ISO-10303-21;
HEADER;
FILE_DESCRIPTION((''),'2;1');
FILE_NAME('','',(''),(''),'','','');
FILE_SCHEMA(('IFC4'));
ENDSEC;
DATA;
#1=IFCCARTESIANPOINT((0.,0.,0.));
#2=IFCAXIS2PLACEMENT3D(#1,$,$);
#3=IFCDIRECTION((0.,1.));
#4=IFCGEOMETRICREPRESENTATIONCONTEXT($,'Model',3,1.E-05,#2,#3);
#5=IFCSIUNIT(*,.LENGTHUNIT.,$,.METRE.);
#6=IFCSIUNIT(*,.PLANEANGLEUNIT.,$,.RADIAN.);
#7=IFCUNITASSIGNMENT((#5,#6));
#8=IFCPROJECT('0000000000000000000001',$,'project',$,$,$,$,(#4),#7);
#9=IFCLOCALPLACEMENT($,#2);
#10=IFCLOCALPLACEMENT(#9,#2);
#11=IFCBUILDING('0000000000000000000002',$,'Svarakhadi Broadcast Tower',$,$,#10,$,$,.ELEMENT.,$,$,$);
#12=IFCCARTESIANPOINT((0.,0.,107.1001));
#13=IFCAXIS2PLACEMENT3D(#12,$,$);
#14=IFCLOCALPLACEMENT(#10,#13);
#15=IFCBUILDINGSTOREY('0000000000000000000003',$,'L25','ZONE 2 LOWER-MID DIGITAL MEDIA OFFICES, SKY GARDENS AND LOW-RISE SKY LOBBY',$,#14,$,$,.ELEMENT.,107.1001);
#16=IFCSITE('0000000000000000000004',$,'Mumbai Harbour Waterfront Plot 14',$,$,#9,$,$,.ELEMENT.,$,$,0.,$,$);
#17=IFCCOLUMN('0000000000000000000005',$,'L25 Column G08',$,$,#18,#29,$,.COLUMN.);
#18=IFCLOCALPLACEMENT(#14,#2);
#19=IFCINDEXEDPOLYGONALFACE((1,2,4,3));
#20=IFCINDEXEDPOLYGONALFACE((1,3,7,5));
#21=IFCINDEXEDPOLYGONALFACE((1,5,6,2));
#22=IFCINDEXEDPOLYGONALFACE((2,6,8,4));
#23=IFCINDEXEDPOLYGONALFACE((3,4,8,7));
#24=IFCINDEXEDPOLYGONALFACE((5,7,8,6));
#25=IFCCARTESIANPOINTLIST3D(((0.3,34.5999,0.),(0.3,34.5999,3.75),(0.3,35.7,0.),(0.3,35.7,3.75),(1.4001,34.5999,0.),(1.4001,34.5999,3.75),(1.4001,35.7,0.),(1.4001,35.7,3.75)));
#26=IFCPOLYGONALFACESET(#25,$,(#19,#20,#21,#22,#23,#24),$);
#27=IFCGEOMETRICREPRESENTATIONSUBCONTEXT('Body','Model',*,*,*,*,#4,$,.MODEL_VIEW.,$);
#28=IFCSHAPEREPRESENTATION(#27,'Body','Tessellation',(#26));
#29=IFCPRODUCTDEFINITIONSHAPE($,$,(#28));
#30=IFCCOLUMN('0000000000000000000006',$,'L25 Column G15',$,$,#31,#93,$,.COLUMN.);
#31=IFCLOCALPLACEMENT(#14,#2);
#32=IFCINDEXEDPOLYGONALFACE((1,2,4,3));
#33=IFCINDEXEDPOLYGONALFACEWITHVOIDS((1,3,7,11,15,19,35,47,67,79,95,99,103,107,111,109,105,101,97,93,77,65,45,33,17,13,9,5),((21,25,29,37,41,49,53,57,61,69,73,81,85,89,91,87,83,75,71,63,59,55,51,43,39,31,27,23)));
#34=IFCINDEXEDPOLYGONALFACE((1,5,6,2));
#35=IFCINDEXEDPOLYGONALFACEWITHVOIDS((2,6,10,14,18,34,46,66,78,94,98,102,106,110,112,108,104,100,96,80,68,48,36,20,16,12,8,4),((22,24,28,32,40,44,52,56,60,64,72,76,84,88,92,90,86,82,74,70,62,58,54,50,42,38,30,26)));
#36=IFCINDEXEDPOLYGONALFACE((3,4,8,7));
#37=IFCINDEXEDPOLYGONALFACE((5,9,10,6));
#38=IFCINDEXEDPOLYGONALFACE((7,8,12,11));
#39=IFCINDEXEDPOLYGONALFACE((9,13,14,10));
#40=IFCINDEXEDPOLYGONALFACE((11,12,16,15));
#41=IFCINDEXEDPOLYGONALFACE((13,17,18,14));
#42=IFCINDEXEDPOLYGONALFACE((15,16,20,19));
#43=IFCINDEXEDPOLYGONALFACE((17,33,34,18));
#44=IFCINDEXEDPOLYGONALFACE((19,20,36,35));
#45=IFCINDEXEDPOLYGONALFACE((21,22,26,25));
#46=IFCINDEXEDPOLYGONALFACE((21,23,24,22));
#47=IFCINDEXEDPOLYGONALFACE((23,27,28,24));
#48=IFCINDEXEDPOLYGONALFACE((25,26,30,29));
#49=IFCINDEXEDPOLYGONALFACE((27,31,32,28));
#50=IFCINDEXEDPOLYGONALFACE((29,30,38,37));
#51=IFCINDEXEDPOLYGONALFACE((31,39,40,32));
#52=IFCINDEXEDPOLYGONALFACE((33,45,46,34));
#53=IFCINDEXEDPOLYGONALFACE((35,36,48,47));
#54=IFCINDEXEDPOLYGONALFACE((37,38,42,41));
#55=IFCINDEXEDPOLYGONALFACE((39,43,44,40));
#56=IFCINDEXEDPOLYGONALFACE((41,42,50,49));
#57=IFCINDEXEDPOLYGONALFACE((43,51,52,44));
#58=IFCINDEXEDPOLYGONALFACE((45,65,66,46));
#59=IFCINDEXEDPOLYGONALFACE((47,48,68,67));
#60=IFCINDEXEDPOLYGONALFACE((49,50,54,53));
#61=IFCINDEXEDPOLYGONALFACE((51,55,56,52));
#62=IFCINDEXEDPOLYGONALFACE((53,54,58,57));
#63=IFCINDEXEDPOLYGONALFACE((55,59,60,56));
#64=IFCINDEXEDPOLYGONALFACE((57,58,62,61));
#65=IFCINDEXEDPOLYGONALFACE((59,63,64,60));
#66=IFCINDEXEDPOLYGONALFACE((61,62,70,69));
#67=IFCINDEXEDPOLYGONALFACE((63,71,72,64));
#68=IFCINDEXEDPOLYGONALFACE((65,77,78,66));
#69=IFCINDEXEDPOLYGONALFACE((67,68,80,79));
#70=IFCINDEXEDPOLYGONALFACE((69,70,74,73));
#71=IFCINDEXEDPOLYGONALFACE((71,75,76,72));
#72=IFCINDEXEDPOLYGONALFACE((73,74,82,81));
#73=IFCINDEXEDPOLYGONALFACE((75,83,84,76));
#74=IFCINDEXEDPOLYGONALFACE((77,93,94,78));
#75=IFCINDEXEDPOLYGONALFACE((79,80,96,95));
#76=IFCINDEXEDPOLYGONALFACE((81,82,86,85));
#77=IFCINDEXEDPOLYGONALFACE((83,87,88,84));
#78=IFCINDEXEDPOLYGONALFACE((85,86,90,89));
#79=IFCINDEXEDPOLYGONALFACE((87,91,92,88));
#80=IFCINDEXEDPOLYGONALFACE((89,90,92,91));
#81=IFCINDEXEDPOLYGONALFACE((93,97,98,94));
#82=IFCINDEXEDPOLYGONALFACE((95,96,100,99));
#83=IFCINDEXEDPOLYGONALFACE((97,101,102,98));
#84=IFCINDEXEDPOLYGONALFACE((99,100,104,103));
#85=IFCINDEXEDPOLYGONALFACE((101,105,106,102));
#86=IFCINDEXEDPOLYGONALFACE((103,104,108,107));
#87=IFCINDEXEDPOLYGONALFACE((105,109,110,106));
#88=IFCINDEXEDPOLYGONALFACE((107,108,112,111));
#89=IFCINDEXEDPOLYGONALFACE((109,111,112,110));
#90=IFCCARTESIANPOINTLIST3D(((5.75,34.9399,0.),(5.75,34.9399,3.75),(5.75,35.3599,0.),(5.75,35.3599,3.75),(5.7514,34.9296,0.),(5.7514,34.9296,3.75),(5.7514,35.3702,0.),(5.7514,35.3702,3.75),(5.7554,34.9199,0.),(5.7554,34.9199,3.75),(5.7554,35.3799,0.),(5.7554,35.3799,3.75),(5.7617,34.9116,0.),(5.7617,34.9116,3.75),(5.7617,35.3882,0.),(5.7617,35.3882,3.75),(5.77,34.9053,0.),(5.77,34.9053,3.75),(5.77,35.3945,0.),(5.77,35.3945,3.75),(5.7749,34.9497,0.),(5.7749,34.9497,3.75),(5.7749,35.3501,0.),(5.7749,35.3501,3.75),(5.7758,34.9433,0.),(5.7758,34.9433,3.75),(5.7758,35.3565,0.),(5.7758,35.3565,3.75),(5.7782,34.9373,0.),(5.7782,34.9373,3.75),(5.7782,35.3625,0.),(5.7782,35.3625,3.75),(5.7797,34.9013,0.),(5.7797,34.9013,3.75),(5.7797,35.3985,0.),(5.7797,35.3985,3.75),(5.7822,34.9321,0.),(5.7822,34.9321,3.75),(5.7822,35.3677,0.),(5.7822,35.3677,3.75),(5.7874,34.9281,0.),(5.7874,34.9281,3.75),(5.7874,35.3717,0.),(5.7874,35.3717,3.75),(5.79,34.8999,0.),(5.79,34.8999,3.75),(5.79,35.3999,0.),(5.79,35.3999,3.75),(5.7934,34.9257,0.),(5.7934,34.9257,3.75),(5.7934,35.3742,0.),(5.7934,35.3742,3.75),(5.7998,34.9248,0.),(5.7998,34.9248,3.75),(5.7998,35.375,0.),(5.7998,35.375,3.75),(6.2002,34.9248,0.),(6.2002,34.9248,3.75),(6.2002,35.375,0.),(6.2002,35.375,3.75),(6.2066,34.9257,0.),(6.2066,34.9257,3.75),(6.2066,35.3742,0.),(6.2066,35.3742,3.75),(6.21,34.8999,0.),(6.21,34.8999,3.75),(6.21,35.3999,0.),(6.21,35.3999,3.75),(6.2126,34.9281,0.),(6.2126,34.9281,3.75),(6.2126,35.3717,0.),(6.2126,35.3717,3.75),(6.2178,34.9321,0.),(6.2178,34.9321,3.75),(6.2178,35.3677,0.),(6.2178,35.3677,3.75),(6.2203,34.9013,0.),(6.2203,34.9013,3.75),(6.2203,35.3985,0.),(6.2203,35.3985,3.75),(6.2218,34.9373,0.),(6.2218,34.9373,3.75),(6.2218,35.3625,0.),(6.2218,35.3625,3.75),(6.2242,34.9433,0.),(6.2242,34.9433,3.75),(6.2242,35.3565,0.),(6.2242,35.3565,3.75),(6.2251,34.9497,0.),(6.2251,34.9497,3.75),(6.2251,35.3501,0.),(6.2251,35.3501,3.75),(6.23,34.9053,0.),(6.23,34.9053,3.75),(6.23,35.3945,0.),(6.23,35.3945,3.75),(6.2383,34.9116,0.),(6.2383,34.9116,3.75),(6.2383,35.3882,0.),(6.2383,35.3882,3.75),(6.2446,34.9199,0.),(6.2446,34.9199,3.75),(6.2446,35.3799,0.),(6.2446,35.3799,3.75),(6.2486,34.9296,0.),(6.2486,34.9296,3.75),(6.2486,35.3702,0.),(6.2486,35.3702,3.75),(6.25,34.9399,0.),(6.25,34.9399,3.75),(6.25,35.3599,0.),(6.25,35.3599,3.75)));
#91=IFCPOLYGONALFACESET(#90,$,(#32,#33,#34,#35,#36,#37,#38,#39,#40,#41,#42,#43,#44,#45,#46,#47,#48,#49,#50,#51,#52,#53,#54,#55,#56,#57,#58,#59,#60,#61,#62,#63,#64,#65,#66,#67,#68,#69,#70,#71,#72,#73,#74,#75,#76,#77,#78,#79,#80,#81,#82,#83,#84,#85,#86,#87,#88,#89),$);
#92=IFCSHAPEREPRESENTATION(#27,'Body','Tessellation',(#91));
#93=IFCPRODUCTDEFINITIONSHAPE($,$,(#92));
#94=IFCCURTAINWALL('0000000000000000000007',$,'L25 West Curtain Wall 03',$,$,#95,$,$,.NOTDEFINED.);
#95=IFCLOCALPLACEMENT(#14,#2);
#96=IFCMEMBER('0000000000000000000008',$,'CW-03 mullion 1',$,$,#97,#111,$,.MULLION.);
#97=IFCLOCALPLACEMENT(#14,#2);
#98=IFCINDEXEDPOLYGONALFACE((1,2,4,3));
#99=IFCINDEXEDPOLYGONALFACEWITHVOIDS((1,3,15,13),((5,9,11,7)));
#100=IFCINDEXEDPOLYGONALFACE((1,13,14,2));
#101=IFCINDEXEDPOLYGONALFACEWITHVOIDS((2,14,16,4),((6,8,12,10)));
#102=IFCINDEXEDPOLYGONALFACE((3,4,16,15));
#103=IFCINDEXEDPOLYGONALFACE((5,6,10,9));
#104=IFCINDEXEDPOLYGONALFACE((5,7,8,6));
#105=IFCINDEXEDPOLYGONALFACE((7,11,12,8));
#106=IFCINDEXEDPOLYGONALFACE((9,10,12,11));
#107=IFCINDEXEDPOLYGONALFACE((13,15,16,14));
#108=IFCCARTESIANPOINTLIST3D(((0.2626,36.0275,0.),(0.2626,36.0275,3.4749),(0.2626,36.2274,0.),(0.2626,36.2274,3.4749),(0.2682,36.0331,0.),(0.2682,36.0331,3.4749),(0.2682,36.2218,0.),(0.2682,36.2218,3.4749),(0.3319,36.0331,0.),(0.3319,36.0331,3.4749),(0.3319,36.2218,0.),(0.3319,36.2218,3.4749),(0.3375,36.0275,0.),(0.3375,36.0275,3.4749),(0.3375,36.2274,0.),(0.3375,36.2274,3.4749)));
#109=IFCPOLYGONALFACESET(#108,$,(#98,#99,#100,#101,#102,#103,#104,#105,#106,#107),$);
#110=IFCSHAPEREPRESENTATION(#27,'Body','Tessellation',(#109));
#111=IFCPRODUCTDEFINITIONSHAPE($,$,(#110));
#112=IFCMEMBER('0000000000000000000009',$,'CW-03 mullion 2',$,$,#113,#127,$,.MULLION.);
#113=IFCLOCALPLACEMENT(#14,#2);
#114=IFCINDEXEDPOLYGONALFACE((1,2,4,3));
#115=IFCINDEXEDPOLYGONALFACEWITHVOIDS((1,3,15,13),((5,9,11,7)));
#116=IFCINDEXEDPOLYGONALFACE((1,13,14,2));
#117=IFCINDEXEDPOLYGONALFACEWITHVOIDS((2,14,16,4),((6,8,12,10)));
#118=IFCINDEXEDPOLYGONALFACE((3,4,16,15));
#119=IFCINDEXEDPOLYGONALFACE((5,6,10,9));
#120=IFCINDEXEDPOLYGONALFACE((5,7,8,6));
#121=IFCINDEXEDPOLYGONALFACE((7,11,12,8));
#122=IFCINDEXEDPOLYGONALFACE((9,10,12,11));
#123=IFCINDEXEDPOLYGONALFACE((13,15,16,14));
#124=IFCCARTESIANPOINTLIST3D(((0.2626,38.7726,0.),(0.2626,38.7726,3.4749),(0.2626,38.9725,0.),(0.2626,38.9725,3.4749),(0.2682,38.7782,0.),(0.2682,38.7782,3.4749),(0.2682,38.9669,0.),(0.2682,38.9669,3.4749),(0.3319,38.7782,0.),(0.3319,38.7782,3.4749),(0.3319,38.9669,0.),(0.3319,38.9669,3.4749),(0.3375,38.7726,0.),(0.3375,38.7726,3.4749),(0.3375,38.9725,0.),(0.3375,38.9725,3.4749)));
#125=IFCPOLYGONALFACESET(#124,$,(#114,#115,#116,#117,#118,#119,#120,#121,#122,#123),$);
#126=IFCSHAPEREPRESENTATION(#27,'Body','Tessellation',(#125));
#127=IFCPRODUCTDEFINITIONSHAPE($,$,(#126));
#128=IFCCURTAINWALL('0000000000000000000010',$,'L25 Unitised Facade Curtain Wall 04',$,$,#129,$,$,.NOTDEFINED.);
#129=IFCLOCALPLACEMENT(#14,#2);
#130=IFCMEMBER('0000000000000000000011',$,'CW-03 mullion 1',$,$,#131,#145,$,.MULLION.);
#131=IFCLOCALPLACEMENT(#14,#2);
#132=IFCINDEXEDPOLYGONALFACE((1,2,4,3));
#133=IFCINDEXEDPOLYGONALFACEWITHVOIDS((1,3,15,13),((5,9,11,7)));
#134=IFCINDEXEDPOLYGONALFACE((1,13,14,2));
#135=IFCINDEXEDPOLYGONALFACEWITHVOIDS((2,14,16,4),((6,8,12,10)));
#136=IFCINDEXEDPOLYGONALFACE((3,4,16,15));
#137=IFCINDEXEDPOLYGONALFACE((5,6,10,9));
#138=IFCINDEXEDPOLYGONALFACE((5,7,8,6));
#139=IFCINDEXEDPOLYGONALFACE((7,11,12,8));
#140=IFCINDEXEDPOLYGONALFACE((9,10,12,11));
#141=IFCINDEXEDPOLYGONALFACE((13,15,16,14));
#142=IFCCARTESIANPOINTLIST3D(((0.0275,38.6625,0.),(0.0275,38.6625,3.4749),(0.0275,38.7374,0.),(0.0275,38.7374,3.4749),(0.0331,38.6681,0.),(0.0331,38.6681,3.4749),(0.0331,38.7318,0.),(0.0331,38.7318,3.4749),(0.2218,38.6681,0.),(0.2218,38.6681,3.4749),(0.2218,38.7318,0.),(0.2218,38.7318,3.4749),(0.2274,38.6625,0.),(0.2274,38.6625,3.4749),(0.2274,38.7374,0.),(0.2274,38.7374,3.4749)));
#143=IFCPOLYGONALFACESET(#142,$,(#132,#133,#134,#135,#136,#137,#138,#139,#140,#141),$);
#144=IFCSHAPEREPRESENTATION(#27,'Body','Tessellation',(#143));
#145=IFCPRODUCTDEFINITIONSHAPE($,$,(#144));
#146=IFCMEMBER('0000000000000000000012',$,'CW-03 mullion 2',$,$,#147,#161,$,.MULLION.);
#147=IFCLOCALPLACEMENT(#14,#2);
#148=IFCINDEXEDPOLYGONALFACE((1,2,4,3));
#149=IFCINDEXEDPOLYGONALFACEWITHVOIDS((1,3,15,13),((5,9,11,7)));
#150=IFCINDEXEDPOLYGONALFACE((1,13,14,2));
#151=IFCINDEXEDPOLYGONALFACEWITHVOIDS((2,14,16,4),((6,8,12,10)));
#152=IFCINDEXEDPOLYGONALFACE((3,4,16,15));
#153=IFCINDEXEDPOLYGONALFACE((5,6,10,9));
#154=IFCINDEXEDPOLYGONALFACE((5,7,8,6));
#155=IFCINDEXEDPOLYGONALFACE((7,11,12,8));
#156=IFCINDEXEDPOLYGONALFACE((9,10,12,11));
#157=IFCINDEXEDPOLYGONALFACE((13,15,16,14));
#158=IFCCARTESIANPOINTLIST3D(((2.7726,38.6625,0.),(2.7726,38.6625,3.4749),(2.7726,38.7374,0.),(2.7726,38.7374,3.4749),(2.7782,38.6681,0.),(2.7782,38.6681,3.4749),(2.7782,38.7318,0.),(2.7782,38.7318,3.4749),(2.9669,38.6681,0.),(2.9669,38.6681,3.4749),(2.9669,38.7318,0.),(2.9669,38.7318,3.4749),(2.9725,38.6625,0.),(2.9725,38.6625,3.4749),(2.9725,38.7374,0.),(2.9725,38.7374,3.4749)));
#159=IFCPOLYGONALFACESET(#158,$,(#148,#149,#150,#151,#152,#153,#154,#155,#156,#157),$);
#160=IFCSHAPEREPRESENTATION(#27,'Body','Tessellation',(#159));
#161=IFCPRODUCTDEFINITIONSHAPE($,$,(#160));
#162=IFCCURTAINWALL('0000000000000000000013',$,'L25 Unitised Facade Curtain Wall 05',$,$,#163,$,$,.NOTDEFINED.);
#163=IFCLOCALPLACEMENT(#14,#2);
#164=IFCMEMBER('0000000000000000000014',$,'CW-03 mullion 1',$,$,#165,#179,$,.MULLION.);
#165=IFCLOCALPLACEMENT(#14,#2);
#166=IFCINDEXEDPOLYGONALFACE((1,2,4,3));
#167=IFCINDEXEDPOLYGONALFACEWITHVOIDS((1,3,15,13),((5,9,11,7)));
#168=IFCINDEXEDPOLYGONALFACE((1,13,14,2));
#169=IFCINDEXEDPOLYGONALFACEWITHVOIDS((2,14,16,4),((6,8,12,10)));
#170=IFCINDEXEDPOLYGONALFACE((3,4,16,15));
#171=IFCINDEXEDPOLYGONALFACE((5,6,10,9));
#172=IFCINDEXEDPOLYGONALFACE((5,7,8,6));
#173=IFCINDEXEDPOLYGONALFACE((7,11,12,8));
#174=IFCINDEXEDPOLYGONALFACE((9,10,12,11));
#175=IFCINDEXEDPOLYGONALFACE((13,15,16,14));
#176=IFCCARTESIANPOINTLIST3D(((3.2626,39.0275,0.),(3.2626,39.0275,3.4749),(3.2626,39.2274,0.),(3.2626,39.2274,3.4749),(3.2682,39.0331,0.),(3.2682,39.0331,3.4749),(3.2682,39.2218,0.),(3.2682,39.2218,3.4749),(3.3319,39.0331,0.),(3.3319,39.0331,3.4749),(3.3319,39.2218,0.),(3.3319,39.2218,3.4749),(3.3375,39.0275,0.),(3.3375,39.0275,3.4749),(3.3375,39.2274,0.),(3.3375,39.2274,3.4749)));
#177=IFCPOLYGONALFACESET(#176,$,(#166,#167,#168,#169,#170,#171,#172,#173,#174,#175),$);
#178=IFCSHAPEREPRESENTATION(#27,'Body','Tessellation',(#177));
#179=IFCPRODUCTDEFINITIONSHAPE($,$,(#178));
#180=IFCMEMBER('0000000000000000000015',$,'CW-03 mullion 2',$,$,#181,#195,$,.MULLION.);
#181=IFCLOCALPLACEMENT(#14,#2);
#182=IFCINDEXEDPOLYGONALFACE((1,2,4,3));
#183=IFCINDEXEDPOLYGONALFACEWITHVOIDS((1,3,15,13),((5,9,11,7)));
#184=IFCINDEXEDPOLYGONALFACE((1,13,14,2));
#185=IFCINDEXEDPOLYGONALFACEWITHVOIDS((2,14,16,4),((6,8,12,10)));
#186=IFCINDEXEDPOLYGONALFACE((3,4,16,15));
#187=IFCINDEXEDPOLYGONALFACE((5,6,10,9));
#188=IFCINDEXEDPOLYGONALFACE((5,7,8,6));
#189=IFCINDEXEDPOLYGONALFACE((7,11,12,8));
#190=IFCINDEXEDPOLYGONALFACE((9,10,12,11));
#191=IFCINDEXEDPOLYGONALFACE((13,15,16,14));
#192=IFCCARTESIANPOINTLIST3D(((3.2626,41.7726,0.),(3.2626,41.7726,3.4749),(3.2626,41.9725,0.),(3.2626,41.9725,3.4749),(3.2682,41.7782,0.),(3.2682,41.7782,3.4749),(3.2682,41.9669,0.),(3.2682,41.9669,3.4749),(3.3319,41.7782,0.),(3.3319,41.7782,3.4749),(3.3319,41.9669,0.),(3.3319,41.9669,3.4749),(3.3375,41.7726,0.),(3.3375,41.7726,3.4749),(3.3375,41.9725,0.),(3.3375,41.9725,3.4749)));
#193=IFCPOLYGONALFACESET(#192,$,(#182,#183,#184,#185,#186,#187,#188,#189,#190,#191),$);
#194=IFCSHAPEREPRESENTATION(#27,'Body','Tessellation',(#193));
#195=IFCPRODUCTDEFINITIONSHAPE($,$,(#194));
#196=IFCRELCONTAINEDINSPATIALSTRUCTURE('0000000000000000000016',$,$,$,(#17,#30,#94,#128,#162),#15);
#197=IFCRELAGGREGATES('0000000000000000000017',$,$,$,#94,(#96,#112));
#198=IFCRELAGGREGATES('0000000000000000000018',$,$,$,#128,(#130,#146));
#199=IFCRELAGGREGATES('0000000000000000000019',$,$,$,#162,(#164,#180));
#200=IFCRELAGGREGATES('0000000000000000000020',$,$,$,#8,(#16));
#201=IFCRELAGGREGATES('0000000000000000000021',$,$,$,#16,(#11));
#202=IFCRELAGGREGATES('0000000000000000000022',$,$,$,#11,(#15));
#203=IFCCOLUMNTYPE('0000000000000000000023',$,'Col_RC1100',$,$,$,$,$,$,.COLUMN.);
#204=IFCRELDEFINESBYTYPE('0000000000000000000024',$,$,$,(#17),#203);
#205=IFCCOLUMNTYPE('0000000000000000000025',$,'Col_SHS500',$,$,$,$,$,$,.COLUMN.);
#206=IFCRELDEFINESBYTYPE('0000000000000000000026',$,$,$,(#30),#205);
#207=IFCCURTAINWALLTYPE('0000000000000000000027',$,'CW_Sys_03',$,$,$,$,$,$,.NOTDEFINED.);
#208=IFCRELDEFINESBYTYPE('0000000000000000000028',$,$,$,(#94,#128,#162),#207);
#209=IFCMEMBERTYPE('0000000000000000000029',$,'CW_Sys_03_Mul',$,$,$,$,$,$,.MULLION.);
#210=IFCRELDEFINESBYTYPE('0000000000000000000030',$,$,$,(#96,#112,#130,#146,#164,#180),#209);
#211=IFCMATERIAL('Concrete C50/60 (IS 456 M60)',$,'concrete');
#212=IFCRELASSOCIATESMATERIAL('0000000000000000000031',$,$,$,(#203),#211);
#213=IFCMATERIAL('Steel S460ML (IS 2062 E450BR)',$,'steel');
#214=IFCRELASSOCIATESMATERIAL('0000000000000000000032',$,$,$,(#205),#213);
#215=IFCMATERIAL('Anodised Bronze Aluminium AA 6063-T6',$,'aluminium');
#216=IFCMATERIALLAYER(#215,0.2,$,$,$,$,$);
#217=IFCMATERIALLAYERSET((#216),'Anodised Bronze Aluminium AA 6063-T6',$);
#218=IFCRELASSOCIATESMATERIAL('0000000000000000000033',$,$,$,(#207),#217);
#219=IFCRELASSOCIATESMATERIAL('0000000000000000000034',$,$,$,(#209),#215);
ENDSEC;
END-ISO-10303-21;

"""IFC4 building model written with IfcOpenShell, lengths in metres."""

from ifc_helpers import new_model, si_unit, direction, frame, origin, origin_2d, place, context, subcontext, project, spatial, rectangle, hollow_rectangle, extrude, material, layer, layer_set, material_profile, profile_set, type_object, element, aggregate, save


model = new_model("IFC4")

# Units and contexts
model_context = context("Model", 3, precision=1e-05, world=origin(), true_north=direction((0.0, 1.0)))
body_context = subcontext(model_context, "Body", "Model", "MODEL_VIEW")
ifc_project = project(units=[si_unit("LENGTHUNIT", "METRE"), si_unit("PLANEANGLEUNIT", "RADIAN")], contexts=[model_context])

# Site, building, storey
site_placement = place(None, origin())
site = spatial("IfcSite", under=ifc_project, at=site_placement, Name="Mumbai Harbour Waterfront Plot 14", CompositionType="ELEMENT", RefElevation=0.0)
building_placement = place(site_placement, origin())
building = spatial("IfcBuilding", under=site, at=building_placement, Name="Svarakhadi Broadcast Tower", CompositionType="ELEMENT")
storey_placement = place(building_placement, frame((0.0, 0.0, 107.1001)))
storey = spatial("IfcBuildingStorey", under=building, at=storey_placement, Name="L25", Description="ZONE 2 LOWER-MID DIGITAL MEDIA OFFICES, SKY GARDENS AND LOW-RISE SKY LOBBY", CompositionType="ELEMENT", Elevation=107.1001)

# Columns
ifc_material_1 = material(Name="Concrete C50/60 (IS 456 M60)", Category="concrete")
ifc_material_profile_1 = material_profile(ifc_material_1, rectangle(XDim=1.1001, YDim=1.1001, at=origin_2d()), Name="RC 1100x1100")
ifc_profile_set_1 = profile_set([ifc_material_profile_1], Name="Concrete C50/60 (IS 456 M60)")
column_type_1 = type_object("IfcColumnType", Name="Col_RC1100", PredefinedType="COLUMN", material=ifc_profile_set_1)
column_1_placement = place(storey_placement, frame((0.8501, 35.1499, 0.0), z_axis=(0.0, 0.0, 1.0), x_axis=(1.0, 0.0, 0.0)))
element("IfcColumn", 1, at=column_1_placement, inside=storey, type_object=column_type_1, Name="L25 Column G08", PredefinedType="COLUMN", context=body_context, shape_type="SweptSolid", body=[
    extrude(rectangle(XDim=1.1001, YDim=1.1001, at=origin_2d()), origin(), (0.0, 0.0, 1.0), 3.75),
])
ifc_material_2 = material(Name="Steel S460ML (IS 2062 E450BR)", Category="steel")
ifc_material_profile_2 = material_profile(ifc_material_2, hollow_rectangle(XDim=0.5, YDim=0.5, WallThickness=0.0249, InnerFilletRadius=0.0249, OuterFilletRadius=0.04, at=origin_2d()), Name="SHS 500x500x25")
ifc_profile_set_2 = profile_set([ifc_material_profile_2], Name="Steel S460ML (IS 2062 E450BR)")
column_type_2 = type_object("IfcColumnType", Name="Col_SHS500", PredefinedType="COLUMN", material=ifc_profile_set_2)
column_2_placement = place(storey_placement, frame((6.0, 35.1499, 0.0), z_axis=(0.0, 0.0, 1.0), x_axis=(1.0, 0.0, 0.0)))
element("IfcColumn", 2, at=column_2_placement, inside=storey, type_object=column_type_2, Name="L25 Column G15", PredefinedType="COLUMN", context=body_context, shape_type="SweptSolid", body=[
    extrude(hollow_rectangle(XDim=0.5, YDim=0.5, WallThickness=0.0249, InnerFilletRadius=0.0249, OuterFilletRadius=0.04, at=origin_2d()), origin(), (0.0, 0.0, 1.0), 3.75),
])

# Curtain walls, members
ifc_material_3 = material(Name="Anodised Bronze Aluminium AA 6063-T6", Category="aluminium")
ifc_layer_1 = layer(ifc_material_3, 0.2)
ifc_layer_set_1 = layer_set([ifc_layer_1], Name="Anodised Bronze Aluminium AA 6063-T6")
curtain_wall_type = type_object("IfcCurtainWallType", Name="CW_Sys_03", PredefinedType="NOTDEFINED", material=ifc_layer_set_1)
curtain_wall_1_placement = place(storey_placement, origin())
curtain_wall_1 = element("IfcCurtainWall", 3, at=curtain_wall_1_placement, inside=storey, type_object=curtain_wall_type, Name="L25 West Curtain Wall 03", PredefinedType="NOTDEFINED")
ifc_material_profile_3 = material_profile(ifc_material_3, hollow_rectangle(XDim=0.075, YDim=0.2, WallThickness=0.0056, at=origin_2d()), Name="ALU MULLION 200x75x6")
ifc_profile_set_3 = profile_set([ifc_material_profile_3], Name="Anodised Bronze Aluminium AA 6063-T6")
member_type_1 = type_object("IfcMemberType", Name="CW_Sys_03_Mul", PredefinedType="MULLION", material=ifc_profile_set_3)
member_1_placement = place(storey_placement, frame((0.3, 36.1274, 0.0), z_axis=(0.0, 0.0, 1.0), x_axis=(-1.0, 0.0, 0.0)))
member_1 = element("IfcMember", 4, at=member_1_placement, type_object=member_type_1, Name="CW-03 mullion 1", PredefinedType="MULLION", context=body_context, shape_type="SweptSolid", body=[
    extrude(hollow_rectangle(XDim=0.075, YDim=0.2, WallThickness=0.0056, at=origin_2d()), origin(), (0.0, 0.0, 1.0), 3.4749),
])
member_2_placement = place(storey_placement, frame((0.3, 38.8726, 0.0), z_axis=(0.0, 0.0, 1.0), x_axis=(-1.0, 0.0, 0.0)))
member_2 = element("IfcMember", 5, at=member_2_placement, type_object=member_type_1, Name="CW-03 mullion 2", PredefinedType="MULLION", context=body_context, shape_type="SweptSolid", body=[
    extrude(hollow_rectangle(XDim=0.075, YDim=0.2, WallThickness=0.0056, at=origin_2d()), origin(), (0.0, 0.0, 1.0), 3.4749),
])
curtain_wall_2_placement = place(storey_placement, origin())
curtain_wall_2 = element("IfcCurtainWall", 6, at=curtain_wall_2_placement, inside=storey, type_object=curtain_wall_type, Name="L25 Unitised Facade Curtain Wall 04", PredefinedType="NOTDEFINED")
member_3_placement = place(storey_placement, frame((0.1274, 38.7, 0.0), z_axis=(0.0, 0.0, 1.0), x_axis=(0.0, 1.0, 0.0)))
member_3 = element("IfcMember", 7, at=member_3_placement, type_object=member_type_1, Name="CW-03 mullion 1", PredefinedType="MULLION", context=body_context, shape_type="SweptSolid", body=[
    extrude(hollow_rectangle(XDim=0.075, YDim=0.2, WallThickness=0.0056, at=origin_2d()), origin(), (0.0, 0.0, 1.0), 3.4749),
])
member_4_placement = place(storey_placement, frame((2.8726, 38.7, 0.0), z_axis=(0.0, 0.0, 1.0), x_axis=(0.0, 1.0, 0.0)))
member_4 = element("IfcMember", 8, at=member_4_placement, type_object=member_type_1, Name="CW-03 mullion 2", PredefinedType="MULLION", context=body_context, shape_type="SweptSolid", body=[
    extrude(hollow_rectangle(XDim=0.075, YDim=0.2, WallThickness=0.0056, at=origin_2d()), origin(), (0.0, 0.0, 1.0), 3.4749),
])
curtain_wall_3_placement = place(storey_placement, origin())
curtain_wall_3 = element("IfcCurtainWall", 9, at=curtain_wall_3_placement, inside=storey, type_object=curtain_wall_type, Name="L25 Unitised Facade Curtain Wall 05", PredefinedType="NOTDEFINED")
member_5_placement = place(storey_placement, frame((3.3, 39.1274, 0.0), z_axis=(0.0, 0.0, 1.0), x_axis=(-1.0, 0.0, 0.0)))
member_5 = element("IfcMember", 10, at=member_5_placement, type_object=member_type_1, Name="CW-03 mullion 1", PredefinedType="MULLION", context=body_context, shape_type="SweptSolid", body=[
    extrude(hollow_rectangle(XDim=0.075, YDim=0.2, WallThickness=0.0056, at=origin_2d()), origin(), (0.0, 0.0, 1.0), 3.4749),
])
member_6_placement = place(storey_placement, frame((3.3, 41.8726, 0.0), z_axis=(0.0, 0.0, 1.0), x_axis=(-1.0, 0.0, 0.0)))
member_6 = element("IfcMember", 11, at=member_6_placement, type_object=member_type_1, Name="CW-03 mullion 2", PredefinedType="MULLION", context=body_context, shape_type="SweptSolid", body=[
    extrude(hollow_rectangle(XDim=0.075, YDim=0.2, WallThickness=0.0056, at=origin_2d()), origin(), (0.0, 0.0, 1.0), 3.4749),
])

aggregate(curtain_wall_1, [member_1, member_2])
aggregate(curtain_wall_2, [member_3, member_4])
aggregate(curtain_wall_3, [member_5, member_6])

save(model, "model.ifc")
